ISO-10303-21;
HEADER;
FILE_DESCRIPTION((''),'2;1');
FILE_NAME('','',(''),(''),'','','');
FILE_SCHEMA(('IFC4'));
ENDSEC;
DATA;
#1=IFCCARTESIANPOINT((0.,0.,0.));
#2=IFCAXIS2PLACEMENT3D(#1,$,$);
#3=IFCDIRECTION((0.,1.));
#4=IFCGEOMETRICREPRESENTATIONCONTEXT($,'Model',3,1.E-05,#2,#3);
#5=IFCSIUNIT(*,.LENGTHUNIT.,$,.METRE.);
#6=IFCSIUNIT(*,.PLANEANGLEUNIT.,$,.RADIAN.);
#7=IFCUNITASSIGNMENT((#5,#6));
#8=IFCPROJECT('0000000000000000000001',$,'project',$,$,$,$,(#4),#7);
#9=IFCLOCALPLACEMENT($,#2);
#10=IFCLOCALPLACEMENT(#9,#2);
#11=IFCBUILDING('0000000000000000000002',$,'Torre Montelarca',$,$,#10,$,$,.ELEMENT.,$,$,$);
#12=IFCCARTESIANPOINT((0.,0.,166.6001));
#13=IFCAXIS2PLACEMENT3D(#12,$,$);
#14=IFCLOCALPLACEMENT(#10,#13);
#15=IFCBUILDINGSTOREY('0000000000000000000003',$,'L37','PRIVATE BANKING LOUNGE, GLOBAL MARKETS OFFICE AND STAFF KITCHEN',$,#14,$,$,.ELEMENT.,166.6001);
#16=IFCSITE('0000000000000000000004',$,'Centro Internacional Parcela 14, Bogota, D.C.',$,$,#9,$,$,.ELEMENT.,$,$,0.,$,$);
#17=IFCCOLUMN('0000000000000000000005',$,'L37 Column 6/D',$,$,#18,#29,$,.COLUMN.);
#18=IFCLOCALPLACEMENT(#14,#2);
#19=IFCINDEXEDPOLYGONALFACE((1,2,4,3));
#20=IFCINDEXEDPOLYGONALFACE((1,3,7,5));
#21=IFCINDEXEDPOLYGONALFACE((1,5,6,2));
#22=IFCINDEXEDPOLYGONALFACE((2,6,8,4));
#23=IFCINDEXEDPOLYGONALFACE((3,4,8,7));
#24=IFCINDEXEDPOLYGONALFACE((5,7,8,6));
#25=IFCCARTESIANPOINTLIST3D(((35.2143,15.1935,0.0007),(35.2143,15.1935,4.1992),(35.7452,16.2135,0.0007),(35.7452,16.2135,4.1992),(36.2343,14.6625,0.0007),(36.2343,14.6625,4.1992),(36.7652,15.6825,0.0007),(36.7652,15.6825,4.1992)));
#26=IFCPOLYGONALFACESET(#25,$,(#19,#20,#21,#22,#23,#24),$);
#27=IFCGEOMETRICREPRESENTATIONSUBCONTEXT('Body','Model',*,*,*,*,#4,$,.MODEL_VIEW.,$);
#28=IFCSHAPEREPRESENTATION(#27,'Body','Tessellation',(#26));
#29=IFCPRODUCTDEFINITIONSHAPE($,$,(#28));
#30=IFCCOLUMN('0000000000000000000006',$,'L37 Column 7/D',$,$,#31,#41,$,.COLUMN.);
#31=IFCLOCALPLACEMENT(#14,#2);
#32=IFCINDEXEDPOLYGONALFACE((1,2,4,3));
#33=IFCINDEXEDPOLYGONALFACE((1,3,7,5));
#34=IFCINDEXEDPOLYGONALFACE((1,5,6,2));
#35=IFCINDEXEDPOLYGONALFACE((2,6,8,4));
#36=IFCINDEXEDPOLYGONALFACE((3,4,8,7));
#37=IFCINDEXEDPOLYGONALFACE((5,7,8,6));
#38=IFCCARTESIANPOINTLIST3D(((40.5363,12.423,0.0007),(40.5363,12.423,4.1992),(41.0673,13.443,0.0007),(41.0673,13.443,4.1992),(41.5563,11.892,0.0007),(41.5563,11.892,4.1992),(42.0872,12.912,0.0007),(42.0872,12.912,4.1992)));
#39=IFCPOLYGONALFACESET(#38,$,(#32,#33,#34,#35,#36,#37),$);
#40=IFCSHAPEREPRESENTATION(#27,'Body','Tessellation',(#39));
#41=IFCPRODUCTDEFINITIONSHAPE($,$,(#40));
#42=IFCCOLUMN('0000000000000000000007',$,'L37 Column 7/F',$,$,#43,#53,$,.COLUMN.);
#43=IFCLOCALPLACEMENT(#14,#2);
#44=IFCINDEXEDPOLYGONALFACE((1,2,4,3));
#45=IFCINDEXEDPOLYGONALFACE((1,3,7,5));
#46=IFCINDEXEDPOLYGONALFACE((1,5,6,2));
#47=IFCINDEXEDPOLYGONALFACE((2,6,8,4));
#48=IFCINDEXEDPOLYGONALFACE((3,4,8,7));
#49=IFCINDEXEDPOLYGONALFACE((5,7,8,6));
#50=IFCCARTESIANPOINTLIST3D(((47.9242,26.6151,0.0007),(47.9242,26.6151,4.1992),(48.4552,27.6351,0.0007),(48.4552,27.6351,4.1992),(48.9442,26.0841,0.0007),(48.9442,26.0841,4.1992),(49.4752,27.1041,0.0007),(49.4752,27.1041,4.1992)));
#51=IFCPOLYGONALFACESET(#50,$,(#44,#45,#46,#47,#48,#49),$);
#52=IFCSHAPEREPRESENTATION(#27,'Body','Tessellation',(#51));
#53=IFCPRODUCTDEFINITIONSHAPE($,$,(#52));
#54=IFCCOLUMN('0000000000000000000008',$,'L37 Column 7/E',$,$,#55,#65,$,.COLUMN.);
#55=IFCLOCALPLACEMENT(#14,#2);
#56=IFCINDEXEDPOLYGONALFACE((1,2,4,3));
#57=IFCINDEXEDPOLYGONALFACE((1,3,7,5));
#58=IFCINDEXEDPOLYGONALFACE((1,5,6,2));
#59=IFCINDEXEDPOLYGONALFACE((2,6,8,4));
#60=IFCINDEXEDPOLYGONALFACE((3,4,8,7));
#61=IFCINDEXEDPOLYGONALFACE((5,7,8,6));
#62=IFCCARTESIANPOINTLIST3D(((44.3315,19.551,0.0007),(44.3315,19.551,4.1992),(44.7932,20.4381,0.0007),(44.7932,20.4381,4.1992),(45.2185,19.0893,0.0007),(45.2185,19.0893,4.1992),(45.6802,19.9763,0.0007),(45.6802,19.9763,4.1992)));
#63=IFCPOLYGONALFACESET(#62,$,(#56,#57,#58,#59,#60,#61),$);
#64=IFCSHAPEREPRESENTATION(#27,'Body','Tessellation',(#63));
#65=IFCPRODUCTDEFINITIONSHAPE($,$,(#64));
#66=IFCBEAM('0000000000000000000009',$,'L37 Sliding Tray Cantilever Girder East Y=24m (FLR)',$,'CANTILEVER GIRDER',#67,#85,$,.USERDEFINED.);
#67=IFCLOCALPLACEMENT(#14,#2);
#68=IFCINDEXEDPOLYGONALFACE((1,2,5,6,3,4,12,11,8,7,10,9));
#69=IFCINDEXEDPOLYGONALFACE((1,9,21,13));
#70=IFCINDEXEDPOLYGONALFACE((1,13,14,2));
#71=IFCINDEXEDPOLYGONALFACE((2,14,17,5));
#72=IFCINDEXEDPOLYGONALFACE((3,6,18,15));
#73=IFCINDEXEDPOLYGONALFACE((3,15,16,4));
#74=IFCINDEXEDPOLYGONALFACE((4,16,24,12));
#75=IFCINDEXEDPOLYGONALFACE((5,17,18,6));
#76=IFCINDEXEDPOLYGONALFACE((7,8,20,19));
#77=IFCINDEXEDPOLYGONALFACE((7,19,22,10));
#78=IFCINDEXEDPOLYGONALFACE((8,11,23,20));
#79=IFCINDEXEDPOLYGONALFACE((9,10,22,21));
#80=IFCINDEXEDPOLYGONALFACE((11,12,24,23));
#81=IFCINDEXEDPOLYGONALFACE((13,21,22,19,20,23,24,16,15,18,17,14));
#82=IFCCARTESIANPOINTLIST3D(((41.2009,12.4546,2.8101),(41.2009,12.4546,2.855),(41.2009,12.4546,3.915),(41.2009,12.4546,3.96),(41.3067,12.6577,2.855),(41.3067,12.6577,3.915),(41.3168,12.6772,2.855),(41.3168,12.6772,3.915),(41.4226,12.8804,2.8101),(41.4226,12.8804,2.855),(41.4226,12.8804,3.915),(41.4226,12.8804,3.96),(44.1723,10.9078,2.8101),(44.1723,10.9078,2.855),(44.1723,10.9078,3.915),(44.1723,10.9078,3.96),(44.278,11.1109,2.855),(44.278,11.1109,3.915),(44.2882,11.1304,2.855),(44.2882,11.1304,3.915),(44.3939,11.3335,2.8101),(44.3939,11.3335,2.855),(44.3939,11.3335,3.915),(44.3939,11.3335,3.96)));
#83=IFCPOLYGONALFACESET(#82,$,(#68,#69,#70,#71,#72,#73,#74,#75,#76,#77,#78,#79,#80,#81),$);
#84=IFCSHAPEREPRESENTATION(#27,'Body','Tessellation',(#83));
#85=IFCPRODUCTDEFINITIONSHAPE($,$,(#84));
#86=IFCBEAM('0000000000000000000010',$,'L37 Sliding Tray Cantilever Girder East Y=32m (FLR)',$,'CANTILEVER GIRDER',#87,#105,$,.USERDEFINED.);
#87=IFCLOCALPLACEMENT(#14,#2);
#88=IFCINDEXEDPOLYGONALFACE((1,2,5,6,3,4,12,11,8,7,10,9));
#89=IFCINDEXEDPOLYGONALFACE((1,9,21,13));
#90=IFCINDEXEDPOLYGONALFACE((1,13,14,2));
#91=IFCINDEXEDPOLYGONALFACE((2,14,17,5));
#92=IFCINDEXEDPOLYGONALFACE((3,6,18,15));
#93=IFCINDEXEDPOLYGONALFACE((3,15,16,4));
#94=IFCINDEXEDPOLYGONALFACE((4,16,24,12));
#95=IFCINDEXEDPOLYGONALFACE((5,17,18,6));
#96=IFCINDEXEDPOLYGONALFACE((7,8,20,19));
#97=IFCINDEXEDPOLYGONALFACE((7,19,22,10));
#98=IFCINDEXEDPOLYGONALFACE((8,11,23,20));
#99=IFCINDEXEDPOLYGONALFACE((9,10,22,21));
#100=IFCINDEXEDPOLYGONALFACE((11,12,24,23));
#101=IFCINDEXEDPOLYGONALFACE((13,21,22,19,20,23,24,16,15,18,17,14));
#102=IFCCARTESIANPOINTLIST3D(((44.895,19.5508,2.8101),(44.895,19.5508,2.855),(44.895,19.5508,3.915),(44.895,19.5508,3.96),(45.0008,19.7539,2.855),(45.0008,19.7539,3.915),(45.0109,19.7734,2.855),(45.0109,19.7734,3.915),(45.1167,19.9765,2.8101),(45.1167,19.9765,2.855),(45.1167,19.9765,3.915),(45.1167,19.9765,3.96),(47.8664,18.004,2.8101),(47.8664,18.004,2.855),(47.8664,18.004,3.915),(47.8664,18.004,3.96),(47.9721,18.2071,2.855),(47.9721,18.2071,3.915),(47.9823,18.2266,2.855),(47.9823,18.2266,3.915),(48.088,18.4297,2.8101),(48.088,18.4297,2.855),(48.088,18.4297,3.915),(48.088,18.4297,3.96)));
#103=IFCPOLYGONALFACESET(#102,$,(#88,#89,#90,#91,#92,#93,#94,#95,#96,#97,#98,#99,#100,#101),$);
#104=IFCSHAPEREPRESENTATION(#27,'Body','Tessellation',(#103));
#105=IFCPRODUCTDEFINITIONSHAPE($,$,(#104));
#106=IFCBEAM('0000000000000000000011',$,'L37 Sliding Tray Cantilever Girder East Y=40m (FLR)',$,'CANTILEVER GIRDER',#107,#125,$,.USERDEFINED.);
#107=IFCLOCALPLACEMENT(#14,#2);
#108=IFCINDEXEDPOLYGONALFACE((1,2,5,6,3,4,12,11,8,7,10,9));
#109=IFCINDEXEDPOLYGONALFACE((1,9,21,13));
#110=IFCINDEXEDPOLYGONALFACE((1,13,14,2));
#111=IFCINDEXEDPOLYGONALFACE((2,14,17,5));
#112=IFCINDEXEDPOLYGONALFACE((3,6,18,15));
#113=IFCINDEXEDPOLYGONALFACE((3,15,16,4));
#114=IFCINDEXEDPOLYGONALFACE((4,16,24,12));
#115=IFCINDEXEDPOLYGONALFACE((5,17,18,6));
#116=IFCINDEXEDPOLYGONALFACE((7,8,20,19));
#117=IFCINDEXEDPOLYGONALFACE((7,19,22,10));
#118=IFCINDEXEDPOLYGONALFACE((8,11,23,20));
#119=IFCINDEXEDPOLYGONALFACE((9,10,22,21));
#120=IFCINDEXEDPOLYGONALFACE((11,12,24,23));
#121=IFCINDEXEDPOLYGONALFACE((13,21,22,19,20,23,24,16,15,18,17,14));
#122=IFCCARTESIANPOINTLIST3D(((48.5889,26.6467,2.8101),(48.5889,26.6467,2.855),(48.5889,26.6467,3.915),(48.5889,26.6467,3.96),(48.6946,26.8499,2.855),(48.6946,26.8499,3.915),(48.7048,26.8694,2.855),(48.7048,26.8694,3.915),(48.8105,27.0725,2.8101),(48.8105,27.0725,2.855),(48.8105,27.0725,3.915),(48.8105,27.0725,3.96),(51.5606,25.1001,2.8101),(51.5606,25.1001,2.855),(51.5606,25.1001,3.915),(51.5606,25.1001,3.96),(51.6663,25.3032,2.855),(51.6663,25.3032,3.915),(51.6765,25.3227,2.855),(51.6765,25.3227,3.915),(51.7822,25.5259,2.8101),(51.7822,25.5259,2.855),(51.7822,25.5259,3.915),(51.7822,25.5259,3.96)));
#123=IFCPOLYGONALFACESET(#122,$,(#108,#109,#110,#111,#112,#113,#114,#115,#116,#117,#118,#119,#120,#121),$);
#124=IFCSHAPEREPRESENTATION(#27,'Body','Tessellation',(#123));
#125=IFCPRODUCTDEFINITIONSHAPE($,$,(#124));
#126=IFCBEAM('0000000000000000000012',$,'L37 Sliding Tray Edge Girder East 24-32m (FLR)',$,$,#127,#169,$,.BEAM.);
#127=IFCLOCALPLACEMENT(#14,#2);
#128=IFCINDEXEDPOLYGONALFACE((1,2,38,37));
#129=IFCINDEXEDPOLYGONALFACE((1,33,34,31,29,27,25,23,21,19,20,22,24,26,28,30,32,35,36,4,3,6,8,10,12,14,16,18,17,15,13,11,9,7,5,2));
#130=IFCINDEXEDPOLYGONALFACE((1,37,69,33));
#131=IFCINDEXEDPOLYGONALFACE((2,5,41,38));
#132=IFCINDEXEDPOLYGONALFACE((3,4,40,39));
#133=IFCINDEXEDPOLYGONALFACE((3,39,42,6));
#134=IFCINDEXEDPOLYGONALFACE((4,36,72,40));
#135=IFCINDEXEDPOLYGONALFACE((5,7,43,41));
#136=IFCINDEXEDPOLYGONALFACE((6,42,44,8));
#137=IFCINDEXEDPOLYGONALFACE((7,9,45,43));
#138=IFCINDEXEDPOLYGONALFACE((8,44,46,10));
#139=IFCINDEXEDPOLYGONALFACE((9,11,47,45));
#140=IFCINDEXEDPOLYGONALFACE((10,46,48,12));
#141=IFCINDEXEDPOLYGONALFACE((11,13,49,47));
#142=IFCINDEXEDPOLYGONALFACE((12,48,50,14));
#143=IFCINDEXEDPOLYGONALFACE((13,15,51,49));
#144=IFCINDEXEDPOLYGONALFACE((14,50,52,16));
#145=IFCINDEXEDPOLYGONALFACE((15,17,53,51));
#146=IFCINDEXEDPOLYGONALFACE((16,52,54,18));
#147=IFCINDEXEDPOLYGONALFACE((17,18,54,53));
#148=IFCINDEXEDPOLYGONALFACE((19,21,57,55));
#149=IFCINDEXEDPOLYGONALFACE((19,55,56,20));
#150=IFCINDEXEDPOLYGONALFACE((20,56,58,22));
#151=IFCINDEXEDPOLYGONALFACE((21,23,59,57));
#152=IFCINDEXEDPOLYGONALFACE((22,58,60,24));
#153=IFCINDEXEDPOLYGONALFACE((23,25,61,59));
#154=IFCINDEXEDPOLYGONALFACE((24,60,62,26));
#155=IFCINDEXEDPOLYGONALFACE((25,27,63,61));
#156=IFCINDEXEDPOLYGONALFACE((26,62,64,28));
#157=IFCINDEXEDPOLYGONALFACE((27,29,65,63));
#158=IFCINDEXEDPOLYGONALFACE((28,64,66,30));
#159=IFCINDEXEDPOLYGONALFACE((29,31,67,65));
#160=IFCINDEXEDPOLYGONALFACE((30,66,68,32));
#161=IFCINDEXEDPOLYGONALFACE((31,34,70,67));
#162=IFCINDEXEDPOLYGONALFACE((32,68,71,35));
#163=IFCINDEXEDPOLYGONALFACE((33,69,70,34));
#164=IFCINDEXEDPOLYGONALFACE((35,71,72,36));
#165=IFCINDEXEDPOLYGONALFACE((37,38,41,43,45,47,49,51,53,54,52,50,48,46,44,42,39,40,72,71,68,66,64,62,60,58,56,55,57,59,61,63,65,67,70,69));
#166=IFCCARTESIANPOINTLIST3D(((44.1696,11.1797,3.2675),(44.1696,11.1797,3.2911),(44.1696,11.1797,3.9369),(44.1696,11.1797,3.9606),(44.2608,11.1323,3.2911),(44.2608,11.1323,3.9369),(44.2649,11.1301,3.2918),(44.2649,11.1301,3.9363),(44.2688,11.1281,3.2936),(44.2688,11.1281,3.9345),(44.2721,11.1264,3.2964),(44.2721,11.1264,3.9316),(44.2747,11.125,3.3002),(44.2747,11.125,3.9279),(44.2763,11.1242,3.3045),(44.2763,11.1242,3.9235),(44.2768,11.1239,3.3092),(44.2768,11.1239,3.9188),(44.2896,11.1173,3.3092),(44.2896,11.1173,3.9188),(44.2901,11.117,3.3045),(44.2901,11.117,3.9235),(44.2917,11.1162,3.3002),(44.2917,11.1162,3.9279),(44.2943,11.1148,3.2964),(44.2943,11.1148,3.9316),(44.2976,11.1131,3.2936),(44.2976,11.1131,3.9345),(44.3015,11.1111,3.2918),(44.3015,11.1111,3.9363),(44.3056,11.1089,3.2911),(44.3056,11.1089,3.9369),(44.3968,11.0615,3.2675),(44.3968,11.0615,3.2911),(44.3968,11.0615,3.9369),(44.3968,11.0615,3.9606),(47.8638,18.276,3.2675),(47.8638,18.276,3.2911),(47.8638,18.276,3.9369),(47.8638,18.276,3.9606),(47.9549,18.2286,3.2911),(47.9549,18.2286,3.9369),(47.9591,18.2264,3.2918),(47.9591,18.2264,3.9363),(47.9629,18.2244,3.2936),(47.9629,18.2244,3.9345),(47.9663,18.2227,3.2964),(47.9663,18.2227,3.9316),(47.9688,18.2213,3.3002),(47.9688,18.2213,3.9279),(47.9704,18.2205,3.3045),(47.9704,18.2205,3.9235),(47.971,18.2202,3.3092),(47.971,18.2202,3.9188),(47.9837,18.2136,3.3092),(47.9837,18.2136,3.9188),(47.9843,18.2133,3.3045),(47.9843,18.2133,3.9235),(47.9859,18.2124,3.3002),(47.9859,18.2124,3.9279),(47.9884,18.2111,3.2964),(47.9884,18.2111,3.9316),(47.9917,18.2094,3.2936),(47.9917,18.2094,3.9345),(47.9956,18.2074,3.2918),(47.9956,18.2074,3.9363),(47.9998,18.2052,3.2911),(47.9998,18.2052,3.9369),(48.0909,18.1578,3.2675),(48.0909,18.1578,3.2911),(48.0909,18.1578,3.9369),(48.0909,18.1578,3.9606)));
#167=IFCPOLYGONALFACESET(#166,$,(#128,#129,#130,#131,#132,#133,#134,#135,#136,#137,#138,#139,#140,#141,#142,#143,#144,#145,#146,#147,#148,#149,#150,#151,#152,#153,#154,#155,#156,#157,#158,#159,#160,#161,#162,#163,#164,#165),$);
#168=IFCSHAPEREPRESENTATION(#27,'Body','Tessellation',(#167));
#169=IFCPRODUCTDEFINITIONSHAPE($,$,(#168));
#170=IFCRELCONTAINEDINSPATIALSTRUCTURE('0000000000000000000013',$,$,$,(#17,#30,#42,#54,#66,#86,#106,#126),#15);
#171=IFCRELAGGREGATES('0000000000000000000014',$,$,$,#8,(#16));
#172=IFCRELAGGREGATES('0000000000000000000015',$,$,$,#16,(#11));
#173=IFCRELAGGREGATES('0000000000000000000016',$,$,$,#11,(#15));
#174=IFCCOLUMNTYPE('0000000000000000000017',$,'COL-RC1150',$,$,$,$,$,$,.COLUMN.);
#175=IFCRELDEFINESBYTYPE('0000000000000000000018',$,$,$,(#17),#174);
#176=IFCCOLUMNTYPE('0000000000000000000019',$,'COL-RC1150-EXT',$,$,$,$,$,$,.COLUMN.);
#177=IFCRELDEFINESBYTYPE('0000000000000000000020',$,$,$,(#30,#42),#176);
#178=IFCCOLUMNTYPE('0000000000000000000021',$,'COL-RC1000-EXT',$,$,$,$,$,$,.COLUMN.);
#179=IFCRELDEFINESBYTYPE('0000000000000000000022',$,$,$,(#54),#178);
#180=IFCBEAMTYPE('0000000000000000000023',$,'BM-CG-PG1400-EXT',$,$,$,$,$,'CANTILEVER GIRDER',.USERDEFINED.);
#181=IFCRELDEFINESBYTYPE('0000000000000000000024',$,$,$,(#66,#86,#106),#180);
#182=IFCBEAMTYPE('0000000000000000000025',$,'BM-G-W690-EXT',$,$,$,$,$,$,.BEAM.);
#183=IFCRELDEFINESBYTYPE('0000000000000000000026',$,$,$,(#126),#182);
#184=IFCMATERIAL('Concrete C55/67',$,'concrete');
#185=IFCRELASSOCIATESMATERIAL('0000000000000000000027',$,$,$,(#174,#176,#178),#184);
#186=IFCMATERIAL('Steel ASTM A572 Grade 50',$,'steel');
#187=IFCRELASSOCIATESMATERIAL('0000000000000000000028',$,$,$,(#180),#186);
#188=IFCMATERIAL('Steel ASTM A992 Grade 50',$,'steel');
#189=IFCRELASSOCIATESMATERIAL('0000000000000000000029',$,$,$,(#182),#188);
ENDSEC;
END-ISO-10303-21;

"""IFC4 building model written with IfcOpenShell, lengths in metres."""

from ifc_helpers import new_model, si_unit, direction, frame, origin, origin_2d, place, context, subcontext, project, spatial, rectangle, i_section, extrude, source, transform, mapped, material, material_profile, profile_set, type_object, element, save


model = new_model("IFC4")

# Units and contexts
model_context = context("Model", 3, precision=1e-05, world=origin(), true_north=direction((0.0, 1.0)))
body_context = subcontext(model_context, "Body", "Model", "MODEL_VIEW")
ifc_project = project(units=[si_unit("LENGTHUNIT", "METRE"), si_unit("PLANEANGLEUNIT", "RADIAN")], contexts=[model_context])

# Site, building, storey
site_placement = place(None, origin())
site = spatial("IfcSite", under=ifc_project, at=site_placement, Name="Centro Internacional Parcela 14, Bogota, D.C.", CompositionType="ELEMENT", RefElevation=0.0)
building_placement = place(site_placement, origin())
building = spatial("IfcBuilding", under=site, at=building_placement, Name="Torre Montelarca", CompositionType="ELEMENT")
storey_placement = place(building_placement, frame((0.0, 0.0, 166.6001)))
storey = spatial("IfcBuildingStorey", under=building, at=storey_placement, Name="L37", Description="PRIVATE BANKING LOUNGE, GLOBAL MARKETS OFFICE AND STAFF KITCHEN", CompositionType="ELEMENT", Elevation=166.6001)

# Columns
ifc_material_1 = material(Name="Concrete C55/67", Category="concrete")
ifc_material_profile_1 = material_profile(ifc_material_1, rectangle(XDim=1.1499, YDim=1.1499, at=origin_2d()), Name="RC1150X1150", Category="concrete")
ifc_profile_set_1 = profile_set([ifc_material_profile_1], Name="Concrete C55/67")
column_type_1 = type_object("IfcColumnType", Name="COL-RC1150", PredefinedType="COLUMN", material=ifc_profile_set_1)
shared_shape_1 = source(origin(), body_context, "Body", "SweptSolid", [
    extrude(rectangle(XDim=1.1499, YDim=1.1499, at=origin_2d()), origin(), (0.0, 0.0, 1.0), 4.1985),
])
column_1_placement = place(storey_placement, frame((35.9897, 15.438, 0.0007), z_axis=(0.0, 0.0, 1.0), x_axis=(-0.887011, 0.461749, 0.0)))
element("IfcColumn", 1, at=column_1_placement, inside=storey, type_object=column_type_1, Name="L37 Column 6/D", PredefinedType="COLUMN", context=body_context, shape_type="MappedRepresentation", body=[
    mapped(shared_shape_1, transform((0.0, 0.0, 0.0), scale=1.0)),
])
ifc_material_profile_2 = material_profile(ifc_material_1, rectangle(XDim=1.1499, YDim=1.1499, at=origin_2d()), Name="RC1150X1150", Category="concrete")
ifc_profile_set_2 = profile_set([ifc_material_profile_2], Name="Concrete C55/67")
column_type_2 = type_object("IfcColumnType", Name="COL-RC1150-EXT", PredefinedType="COLUMN", material=ifc_profile_set_2)
shared_shape_2 = source(origin(), body_context, "Body", "SweptSolid", [
    extrude(rectangle(XDim=1.1499, YDim=1.1499, at=origin_2d()), origin(), (0.0, 0.0, 1.0), 4.1985),
])
for number, where, z_axis, x_axis, name in (
    (2, (41.3118, 12.6675, 0.0007), (0.0, 0.0, 1.0), (-0.887011, 0.461749, 0.0), "L37 Column 7/D"),
    (3, (48.6997, 26.8596, 0.0007), (0.0, 0.0, 1.0), (-0.887011, 0.461749, 0.0), "L37 Column 7/F"),
):
    element("IfcColumn", number, at=place(storey_placement, frame(where, z_axis=z_axis, x_axis=x_axis)), inside=storey, type_object=column_type_2, Name=name, PredefinedType="COLUMN", context=body_context, shape_type="MappedRepresentation", body=[
        mapped(shared_shape_2, transform((0.0, 0.0, 0.0), scale=1.0)),
    ])
ifc_material_profile_3 = material_profile(ifc_material_1, rectangle(XDim=1.0, YDim=1.0, at=origin_2d()), Name="RC1000X1000", Category="concrete")
ifc_profile_set_3 = profile_set([ifc_material_profile_3], Name="Concrete C55/67")
column_type_3 = type_object("IfcColumnType", Name="COL-RC1000-EXT", PredefinedType="COLUMN", material=ifc_profile_set_3)
shared_shape_3 = source(origin(), body_context, "Body", "SweptSolid", [
    extrude(rectangle(XDim=1.0, YDim=1.0, at=origin_2d()), origin(), (0.0, 0.0, 1.0), 4.1985),
])
column_2_placement = place(storey_placement, frame((45.0059, 19.7637, 0.0007), z_axis=(0.0, 0.0, 1.0), x_axis=(-0.887011, 0.461749, 0.0)))
element("IfcColumn", 4, at=column_2_placement, inside=storey, type_object=column_type_3, Name="L37 Column 7/E", PredefinedType="COLUMN", context=body_context, shape_type="MappedRepresentation", body=[
    mapped(shared_shape_3, transform((0.0, 0.0, 0.0), scale=1.0)),
])

# Beams
ifc_material_2 = material(Name="Steel ASTM A572 Grade 50", Category="steel")
ifc_material_profile_4 = material_profile(ifc_material_2, i_section(OverallWidth=0.48, OverallDepth=1.1499, WebThickness=0.022, FlangeThickness=0.0449, at=origin_2d()), Name="PG1150X480X22X45", Category="steel")
ifc_profile_set_4 = profile_set([ifc_material_profile_4], Name="Steel ASTM A572 Grade 50")
beam_type_1 = type_object("IfcBeamType", Name="BM-CG-PG1400-EXT", ElementType="CANTILEVER GIRDER", PredefinedType="USERDEFINED", material=ifc_profile_set_4)
shared_shape_4 = source(origin(), body_context, "Body", "SweptSolid", [
    extrude(i_section(OverallWidth=0.48, OverallDepth=1.1499, WebThickness=0.022, FlangeThickness=0.0449, at=origin_2d()), origin(), (0.0, 0.0, 1.0), 3.3499),
])
for number, where, z_axis, x_axis, name in (
    (5, (41.3118, 12.6675, 3.385), (0.887006, -0.461759, 0.0), (0.461759, 0.887006, 0.0), "L37 Sliding Tray Cantilever Girder East Y=24m (FLR)"),
    (6, (45.0059, 19.7637, 3.385), (0.887006, -0.461759, 0.0), (0.461759, 0.887006, 0.0), "L37 Sliding Tray Cantilever Girder East Y=32m (FLR)"),
):
    element("IfcBeam", number, at=place(storey_placement, frame(where, z_axis=z_axis, x_axis=x_axis)), inside=storey, type_object=beam_type_1, Name=name, ObjectType="CANTILEVER GIRDER", PredefinedType="USERDEFINED", context=body_context, shape_type="MappedRepresentation", body=[
        mapped(shared_shape_4, transform((0.0, 0.0, 0.0), scale=1.0)),
    ])
shared_shape_5 = source(origin(), body_context, "Body", "SweptSolid", [
    extrude(i_section(OverallWidth=0.48, OverallDepth=1.1499, WebThickness=0.022, FlangeThickness=0.0449, at=origin_2d()), origin(), (0.0, 0.0, 1.0), 3.3501),
])
beam_placement = place(storey_placement, frame((48.6997, 26.8596, 3.385), z_axis=(0.887051, -0.461672, 0.0), x_axis=(0.461672, 0.887051, 0.0)))
element("IfcBeam", 7, at=beam_placement, inside=storey, type_object=beam_type_1, Name="L37 Sliding Tray Cantilever Girder East Y=40m (FLR)", ObjectType="CANTILEVER GIRDER", PredefinedType="USERDEFINED", context=body_context, shape_type="MappedRepresentation", body=[
    mapped(shared_shape_5, transform((0.0, 0.0, 0.0), scale=1.0)),
])
ifc_material_3 = material(Name="Steel ASTM A992 Grade 50", Category="steel")
ifc_material_profile_5 = material_profile(ifc_material_3, i_section(OverallWidth=0.2561, OverallDepth=0.6931, WebThickness=0.0144, FlangeThickness=0.0237, FilletRadius=0.0181, at=origin_2d()), Name="W690X170", Category="steel")
ifc_profile_set_5 = profile_set([ifc_material_profile_5], Name="Steel ASTM A992 Grade 50")
beam_type_2 = type_object("IfcBeamType", Name="BM-G-W690-EXT", PredefinedType="BEAM", material=ifc_profile_set_5)
shared_shape_6 = source(origin(), body_context, "Body", "SweptSolid", [
    extrude(i_section(OverallWidth=0.2561, OverallDepth=0.6931, WebThickness=0.0144, FlangeThickness=0.0237, FilletRadius=0.0181, at=origin_2d()), origin(), (0.0, 0.0, 1.0), 8.0002),
])
for number, where, z_axis, x_axis, name in (
    (8, (44.2832, 11.1206, 3.614), (0.461753, 0.887008, 0.0), (-0.887008, 0.461753, 0.0), "L37 Sliding Tray Edge Girder East 24-32m (FLR)"),
):
    element("IfcBeam", number, at=place(storey_placement, frame(where, z_axis=z_axis, x_axis=x_axis)), inside=storey, type_object=beam_type_2, Name=name, PredefinedType="BEAM", context=body_context, shape_type="MappedRepresentation", body=[
        mapped(shared_shape_6, transform((0.0, 0.0, 0.0), scale=1.0)),
    ])

save(model, "model.ifc")
